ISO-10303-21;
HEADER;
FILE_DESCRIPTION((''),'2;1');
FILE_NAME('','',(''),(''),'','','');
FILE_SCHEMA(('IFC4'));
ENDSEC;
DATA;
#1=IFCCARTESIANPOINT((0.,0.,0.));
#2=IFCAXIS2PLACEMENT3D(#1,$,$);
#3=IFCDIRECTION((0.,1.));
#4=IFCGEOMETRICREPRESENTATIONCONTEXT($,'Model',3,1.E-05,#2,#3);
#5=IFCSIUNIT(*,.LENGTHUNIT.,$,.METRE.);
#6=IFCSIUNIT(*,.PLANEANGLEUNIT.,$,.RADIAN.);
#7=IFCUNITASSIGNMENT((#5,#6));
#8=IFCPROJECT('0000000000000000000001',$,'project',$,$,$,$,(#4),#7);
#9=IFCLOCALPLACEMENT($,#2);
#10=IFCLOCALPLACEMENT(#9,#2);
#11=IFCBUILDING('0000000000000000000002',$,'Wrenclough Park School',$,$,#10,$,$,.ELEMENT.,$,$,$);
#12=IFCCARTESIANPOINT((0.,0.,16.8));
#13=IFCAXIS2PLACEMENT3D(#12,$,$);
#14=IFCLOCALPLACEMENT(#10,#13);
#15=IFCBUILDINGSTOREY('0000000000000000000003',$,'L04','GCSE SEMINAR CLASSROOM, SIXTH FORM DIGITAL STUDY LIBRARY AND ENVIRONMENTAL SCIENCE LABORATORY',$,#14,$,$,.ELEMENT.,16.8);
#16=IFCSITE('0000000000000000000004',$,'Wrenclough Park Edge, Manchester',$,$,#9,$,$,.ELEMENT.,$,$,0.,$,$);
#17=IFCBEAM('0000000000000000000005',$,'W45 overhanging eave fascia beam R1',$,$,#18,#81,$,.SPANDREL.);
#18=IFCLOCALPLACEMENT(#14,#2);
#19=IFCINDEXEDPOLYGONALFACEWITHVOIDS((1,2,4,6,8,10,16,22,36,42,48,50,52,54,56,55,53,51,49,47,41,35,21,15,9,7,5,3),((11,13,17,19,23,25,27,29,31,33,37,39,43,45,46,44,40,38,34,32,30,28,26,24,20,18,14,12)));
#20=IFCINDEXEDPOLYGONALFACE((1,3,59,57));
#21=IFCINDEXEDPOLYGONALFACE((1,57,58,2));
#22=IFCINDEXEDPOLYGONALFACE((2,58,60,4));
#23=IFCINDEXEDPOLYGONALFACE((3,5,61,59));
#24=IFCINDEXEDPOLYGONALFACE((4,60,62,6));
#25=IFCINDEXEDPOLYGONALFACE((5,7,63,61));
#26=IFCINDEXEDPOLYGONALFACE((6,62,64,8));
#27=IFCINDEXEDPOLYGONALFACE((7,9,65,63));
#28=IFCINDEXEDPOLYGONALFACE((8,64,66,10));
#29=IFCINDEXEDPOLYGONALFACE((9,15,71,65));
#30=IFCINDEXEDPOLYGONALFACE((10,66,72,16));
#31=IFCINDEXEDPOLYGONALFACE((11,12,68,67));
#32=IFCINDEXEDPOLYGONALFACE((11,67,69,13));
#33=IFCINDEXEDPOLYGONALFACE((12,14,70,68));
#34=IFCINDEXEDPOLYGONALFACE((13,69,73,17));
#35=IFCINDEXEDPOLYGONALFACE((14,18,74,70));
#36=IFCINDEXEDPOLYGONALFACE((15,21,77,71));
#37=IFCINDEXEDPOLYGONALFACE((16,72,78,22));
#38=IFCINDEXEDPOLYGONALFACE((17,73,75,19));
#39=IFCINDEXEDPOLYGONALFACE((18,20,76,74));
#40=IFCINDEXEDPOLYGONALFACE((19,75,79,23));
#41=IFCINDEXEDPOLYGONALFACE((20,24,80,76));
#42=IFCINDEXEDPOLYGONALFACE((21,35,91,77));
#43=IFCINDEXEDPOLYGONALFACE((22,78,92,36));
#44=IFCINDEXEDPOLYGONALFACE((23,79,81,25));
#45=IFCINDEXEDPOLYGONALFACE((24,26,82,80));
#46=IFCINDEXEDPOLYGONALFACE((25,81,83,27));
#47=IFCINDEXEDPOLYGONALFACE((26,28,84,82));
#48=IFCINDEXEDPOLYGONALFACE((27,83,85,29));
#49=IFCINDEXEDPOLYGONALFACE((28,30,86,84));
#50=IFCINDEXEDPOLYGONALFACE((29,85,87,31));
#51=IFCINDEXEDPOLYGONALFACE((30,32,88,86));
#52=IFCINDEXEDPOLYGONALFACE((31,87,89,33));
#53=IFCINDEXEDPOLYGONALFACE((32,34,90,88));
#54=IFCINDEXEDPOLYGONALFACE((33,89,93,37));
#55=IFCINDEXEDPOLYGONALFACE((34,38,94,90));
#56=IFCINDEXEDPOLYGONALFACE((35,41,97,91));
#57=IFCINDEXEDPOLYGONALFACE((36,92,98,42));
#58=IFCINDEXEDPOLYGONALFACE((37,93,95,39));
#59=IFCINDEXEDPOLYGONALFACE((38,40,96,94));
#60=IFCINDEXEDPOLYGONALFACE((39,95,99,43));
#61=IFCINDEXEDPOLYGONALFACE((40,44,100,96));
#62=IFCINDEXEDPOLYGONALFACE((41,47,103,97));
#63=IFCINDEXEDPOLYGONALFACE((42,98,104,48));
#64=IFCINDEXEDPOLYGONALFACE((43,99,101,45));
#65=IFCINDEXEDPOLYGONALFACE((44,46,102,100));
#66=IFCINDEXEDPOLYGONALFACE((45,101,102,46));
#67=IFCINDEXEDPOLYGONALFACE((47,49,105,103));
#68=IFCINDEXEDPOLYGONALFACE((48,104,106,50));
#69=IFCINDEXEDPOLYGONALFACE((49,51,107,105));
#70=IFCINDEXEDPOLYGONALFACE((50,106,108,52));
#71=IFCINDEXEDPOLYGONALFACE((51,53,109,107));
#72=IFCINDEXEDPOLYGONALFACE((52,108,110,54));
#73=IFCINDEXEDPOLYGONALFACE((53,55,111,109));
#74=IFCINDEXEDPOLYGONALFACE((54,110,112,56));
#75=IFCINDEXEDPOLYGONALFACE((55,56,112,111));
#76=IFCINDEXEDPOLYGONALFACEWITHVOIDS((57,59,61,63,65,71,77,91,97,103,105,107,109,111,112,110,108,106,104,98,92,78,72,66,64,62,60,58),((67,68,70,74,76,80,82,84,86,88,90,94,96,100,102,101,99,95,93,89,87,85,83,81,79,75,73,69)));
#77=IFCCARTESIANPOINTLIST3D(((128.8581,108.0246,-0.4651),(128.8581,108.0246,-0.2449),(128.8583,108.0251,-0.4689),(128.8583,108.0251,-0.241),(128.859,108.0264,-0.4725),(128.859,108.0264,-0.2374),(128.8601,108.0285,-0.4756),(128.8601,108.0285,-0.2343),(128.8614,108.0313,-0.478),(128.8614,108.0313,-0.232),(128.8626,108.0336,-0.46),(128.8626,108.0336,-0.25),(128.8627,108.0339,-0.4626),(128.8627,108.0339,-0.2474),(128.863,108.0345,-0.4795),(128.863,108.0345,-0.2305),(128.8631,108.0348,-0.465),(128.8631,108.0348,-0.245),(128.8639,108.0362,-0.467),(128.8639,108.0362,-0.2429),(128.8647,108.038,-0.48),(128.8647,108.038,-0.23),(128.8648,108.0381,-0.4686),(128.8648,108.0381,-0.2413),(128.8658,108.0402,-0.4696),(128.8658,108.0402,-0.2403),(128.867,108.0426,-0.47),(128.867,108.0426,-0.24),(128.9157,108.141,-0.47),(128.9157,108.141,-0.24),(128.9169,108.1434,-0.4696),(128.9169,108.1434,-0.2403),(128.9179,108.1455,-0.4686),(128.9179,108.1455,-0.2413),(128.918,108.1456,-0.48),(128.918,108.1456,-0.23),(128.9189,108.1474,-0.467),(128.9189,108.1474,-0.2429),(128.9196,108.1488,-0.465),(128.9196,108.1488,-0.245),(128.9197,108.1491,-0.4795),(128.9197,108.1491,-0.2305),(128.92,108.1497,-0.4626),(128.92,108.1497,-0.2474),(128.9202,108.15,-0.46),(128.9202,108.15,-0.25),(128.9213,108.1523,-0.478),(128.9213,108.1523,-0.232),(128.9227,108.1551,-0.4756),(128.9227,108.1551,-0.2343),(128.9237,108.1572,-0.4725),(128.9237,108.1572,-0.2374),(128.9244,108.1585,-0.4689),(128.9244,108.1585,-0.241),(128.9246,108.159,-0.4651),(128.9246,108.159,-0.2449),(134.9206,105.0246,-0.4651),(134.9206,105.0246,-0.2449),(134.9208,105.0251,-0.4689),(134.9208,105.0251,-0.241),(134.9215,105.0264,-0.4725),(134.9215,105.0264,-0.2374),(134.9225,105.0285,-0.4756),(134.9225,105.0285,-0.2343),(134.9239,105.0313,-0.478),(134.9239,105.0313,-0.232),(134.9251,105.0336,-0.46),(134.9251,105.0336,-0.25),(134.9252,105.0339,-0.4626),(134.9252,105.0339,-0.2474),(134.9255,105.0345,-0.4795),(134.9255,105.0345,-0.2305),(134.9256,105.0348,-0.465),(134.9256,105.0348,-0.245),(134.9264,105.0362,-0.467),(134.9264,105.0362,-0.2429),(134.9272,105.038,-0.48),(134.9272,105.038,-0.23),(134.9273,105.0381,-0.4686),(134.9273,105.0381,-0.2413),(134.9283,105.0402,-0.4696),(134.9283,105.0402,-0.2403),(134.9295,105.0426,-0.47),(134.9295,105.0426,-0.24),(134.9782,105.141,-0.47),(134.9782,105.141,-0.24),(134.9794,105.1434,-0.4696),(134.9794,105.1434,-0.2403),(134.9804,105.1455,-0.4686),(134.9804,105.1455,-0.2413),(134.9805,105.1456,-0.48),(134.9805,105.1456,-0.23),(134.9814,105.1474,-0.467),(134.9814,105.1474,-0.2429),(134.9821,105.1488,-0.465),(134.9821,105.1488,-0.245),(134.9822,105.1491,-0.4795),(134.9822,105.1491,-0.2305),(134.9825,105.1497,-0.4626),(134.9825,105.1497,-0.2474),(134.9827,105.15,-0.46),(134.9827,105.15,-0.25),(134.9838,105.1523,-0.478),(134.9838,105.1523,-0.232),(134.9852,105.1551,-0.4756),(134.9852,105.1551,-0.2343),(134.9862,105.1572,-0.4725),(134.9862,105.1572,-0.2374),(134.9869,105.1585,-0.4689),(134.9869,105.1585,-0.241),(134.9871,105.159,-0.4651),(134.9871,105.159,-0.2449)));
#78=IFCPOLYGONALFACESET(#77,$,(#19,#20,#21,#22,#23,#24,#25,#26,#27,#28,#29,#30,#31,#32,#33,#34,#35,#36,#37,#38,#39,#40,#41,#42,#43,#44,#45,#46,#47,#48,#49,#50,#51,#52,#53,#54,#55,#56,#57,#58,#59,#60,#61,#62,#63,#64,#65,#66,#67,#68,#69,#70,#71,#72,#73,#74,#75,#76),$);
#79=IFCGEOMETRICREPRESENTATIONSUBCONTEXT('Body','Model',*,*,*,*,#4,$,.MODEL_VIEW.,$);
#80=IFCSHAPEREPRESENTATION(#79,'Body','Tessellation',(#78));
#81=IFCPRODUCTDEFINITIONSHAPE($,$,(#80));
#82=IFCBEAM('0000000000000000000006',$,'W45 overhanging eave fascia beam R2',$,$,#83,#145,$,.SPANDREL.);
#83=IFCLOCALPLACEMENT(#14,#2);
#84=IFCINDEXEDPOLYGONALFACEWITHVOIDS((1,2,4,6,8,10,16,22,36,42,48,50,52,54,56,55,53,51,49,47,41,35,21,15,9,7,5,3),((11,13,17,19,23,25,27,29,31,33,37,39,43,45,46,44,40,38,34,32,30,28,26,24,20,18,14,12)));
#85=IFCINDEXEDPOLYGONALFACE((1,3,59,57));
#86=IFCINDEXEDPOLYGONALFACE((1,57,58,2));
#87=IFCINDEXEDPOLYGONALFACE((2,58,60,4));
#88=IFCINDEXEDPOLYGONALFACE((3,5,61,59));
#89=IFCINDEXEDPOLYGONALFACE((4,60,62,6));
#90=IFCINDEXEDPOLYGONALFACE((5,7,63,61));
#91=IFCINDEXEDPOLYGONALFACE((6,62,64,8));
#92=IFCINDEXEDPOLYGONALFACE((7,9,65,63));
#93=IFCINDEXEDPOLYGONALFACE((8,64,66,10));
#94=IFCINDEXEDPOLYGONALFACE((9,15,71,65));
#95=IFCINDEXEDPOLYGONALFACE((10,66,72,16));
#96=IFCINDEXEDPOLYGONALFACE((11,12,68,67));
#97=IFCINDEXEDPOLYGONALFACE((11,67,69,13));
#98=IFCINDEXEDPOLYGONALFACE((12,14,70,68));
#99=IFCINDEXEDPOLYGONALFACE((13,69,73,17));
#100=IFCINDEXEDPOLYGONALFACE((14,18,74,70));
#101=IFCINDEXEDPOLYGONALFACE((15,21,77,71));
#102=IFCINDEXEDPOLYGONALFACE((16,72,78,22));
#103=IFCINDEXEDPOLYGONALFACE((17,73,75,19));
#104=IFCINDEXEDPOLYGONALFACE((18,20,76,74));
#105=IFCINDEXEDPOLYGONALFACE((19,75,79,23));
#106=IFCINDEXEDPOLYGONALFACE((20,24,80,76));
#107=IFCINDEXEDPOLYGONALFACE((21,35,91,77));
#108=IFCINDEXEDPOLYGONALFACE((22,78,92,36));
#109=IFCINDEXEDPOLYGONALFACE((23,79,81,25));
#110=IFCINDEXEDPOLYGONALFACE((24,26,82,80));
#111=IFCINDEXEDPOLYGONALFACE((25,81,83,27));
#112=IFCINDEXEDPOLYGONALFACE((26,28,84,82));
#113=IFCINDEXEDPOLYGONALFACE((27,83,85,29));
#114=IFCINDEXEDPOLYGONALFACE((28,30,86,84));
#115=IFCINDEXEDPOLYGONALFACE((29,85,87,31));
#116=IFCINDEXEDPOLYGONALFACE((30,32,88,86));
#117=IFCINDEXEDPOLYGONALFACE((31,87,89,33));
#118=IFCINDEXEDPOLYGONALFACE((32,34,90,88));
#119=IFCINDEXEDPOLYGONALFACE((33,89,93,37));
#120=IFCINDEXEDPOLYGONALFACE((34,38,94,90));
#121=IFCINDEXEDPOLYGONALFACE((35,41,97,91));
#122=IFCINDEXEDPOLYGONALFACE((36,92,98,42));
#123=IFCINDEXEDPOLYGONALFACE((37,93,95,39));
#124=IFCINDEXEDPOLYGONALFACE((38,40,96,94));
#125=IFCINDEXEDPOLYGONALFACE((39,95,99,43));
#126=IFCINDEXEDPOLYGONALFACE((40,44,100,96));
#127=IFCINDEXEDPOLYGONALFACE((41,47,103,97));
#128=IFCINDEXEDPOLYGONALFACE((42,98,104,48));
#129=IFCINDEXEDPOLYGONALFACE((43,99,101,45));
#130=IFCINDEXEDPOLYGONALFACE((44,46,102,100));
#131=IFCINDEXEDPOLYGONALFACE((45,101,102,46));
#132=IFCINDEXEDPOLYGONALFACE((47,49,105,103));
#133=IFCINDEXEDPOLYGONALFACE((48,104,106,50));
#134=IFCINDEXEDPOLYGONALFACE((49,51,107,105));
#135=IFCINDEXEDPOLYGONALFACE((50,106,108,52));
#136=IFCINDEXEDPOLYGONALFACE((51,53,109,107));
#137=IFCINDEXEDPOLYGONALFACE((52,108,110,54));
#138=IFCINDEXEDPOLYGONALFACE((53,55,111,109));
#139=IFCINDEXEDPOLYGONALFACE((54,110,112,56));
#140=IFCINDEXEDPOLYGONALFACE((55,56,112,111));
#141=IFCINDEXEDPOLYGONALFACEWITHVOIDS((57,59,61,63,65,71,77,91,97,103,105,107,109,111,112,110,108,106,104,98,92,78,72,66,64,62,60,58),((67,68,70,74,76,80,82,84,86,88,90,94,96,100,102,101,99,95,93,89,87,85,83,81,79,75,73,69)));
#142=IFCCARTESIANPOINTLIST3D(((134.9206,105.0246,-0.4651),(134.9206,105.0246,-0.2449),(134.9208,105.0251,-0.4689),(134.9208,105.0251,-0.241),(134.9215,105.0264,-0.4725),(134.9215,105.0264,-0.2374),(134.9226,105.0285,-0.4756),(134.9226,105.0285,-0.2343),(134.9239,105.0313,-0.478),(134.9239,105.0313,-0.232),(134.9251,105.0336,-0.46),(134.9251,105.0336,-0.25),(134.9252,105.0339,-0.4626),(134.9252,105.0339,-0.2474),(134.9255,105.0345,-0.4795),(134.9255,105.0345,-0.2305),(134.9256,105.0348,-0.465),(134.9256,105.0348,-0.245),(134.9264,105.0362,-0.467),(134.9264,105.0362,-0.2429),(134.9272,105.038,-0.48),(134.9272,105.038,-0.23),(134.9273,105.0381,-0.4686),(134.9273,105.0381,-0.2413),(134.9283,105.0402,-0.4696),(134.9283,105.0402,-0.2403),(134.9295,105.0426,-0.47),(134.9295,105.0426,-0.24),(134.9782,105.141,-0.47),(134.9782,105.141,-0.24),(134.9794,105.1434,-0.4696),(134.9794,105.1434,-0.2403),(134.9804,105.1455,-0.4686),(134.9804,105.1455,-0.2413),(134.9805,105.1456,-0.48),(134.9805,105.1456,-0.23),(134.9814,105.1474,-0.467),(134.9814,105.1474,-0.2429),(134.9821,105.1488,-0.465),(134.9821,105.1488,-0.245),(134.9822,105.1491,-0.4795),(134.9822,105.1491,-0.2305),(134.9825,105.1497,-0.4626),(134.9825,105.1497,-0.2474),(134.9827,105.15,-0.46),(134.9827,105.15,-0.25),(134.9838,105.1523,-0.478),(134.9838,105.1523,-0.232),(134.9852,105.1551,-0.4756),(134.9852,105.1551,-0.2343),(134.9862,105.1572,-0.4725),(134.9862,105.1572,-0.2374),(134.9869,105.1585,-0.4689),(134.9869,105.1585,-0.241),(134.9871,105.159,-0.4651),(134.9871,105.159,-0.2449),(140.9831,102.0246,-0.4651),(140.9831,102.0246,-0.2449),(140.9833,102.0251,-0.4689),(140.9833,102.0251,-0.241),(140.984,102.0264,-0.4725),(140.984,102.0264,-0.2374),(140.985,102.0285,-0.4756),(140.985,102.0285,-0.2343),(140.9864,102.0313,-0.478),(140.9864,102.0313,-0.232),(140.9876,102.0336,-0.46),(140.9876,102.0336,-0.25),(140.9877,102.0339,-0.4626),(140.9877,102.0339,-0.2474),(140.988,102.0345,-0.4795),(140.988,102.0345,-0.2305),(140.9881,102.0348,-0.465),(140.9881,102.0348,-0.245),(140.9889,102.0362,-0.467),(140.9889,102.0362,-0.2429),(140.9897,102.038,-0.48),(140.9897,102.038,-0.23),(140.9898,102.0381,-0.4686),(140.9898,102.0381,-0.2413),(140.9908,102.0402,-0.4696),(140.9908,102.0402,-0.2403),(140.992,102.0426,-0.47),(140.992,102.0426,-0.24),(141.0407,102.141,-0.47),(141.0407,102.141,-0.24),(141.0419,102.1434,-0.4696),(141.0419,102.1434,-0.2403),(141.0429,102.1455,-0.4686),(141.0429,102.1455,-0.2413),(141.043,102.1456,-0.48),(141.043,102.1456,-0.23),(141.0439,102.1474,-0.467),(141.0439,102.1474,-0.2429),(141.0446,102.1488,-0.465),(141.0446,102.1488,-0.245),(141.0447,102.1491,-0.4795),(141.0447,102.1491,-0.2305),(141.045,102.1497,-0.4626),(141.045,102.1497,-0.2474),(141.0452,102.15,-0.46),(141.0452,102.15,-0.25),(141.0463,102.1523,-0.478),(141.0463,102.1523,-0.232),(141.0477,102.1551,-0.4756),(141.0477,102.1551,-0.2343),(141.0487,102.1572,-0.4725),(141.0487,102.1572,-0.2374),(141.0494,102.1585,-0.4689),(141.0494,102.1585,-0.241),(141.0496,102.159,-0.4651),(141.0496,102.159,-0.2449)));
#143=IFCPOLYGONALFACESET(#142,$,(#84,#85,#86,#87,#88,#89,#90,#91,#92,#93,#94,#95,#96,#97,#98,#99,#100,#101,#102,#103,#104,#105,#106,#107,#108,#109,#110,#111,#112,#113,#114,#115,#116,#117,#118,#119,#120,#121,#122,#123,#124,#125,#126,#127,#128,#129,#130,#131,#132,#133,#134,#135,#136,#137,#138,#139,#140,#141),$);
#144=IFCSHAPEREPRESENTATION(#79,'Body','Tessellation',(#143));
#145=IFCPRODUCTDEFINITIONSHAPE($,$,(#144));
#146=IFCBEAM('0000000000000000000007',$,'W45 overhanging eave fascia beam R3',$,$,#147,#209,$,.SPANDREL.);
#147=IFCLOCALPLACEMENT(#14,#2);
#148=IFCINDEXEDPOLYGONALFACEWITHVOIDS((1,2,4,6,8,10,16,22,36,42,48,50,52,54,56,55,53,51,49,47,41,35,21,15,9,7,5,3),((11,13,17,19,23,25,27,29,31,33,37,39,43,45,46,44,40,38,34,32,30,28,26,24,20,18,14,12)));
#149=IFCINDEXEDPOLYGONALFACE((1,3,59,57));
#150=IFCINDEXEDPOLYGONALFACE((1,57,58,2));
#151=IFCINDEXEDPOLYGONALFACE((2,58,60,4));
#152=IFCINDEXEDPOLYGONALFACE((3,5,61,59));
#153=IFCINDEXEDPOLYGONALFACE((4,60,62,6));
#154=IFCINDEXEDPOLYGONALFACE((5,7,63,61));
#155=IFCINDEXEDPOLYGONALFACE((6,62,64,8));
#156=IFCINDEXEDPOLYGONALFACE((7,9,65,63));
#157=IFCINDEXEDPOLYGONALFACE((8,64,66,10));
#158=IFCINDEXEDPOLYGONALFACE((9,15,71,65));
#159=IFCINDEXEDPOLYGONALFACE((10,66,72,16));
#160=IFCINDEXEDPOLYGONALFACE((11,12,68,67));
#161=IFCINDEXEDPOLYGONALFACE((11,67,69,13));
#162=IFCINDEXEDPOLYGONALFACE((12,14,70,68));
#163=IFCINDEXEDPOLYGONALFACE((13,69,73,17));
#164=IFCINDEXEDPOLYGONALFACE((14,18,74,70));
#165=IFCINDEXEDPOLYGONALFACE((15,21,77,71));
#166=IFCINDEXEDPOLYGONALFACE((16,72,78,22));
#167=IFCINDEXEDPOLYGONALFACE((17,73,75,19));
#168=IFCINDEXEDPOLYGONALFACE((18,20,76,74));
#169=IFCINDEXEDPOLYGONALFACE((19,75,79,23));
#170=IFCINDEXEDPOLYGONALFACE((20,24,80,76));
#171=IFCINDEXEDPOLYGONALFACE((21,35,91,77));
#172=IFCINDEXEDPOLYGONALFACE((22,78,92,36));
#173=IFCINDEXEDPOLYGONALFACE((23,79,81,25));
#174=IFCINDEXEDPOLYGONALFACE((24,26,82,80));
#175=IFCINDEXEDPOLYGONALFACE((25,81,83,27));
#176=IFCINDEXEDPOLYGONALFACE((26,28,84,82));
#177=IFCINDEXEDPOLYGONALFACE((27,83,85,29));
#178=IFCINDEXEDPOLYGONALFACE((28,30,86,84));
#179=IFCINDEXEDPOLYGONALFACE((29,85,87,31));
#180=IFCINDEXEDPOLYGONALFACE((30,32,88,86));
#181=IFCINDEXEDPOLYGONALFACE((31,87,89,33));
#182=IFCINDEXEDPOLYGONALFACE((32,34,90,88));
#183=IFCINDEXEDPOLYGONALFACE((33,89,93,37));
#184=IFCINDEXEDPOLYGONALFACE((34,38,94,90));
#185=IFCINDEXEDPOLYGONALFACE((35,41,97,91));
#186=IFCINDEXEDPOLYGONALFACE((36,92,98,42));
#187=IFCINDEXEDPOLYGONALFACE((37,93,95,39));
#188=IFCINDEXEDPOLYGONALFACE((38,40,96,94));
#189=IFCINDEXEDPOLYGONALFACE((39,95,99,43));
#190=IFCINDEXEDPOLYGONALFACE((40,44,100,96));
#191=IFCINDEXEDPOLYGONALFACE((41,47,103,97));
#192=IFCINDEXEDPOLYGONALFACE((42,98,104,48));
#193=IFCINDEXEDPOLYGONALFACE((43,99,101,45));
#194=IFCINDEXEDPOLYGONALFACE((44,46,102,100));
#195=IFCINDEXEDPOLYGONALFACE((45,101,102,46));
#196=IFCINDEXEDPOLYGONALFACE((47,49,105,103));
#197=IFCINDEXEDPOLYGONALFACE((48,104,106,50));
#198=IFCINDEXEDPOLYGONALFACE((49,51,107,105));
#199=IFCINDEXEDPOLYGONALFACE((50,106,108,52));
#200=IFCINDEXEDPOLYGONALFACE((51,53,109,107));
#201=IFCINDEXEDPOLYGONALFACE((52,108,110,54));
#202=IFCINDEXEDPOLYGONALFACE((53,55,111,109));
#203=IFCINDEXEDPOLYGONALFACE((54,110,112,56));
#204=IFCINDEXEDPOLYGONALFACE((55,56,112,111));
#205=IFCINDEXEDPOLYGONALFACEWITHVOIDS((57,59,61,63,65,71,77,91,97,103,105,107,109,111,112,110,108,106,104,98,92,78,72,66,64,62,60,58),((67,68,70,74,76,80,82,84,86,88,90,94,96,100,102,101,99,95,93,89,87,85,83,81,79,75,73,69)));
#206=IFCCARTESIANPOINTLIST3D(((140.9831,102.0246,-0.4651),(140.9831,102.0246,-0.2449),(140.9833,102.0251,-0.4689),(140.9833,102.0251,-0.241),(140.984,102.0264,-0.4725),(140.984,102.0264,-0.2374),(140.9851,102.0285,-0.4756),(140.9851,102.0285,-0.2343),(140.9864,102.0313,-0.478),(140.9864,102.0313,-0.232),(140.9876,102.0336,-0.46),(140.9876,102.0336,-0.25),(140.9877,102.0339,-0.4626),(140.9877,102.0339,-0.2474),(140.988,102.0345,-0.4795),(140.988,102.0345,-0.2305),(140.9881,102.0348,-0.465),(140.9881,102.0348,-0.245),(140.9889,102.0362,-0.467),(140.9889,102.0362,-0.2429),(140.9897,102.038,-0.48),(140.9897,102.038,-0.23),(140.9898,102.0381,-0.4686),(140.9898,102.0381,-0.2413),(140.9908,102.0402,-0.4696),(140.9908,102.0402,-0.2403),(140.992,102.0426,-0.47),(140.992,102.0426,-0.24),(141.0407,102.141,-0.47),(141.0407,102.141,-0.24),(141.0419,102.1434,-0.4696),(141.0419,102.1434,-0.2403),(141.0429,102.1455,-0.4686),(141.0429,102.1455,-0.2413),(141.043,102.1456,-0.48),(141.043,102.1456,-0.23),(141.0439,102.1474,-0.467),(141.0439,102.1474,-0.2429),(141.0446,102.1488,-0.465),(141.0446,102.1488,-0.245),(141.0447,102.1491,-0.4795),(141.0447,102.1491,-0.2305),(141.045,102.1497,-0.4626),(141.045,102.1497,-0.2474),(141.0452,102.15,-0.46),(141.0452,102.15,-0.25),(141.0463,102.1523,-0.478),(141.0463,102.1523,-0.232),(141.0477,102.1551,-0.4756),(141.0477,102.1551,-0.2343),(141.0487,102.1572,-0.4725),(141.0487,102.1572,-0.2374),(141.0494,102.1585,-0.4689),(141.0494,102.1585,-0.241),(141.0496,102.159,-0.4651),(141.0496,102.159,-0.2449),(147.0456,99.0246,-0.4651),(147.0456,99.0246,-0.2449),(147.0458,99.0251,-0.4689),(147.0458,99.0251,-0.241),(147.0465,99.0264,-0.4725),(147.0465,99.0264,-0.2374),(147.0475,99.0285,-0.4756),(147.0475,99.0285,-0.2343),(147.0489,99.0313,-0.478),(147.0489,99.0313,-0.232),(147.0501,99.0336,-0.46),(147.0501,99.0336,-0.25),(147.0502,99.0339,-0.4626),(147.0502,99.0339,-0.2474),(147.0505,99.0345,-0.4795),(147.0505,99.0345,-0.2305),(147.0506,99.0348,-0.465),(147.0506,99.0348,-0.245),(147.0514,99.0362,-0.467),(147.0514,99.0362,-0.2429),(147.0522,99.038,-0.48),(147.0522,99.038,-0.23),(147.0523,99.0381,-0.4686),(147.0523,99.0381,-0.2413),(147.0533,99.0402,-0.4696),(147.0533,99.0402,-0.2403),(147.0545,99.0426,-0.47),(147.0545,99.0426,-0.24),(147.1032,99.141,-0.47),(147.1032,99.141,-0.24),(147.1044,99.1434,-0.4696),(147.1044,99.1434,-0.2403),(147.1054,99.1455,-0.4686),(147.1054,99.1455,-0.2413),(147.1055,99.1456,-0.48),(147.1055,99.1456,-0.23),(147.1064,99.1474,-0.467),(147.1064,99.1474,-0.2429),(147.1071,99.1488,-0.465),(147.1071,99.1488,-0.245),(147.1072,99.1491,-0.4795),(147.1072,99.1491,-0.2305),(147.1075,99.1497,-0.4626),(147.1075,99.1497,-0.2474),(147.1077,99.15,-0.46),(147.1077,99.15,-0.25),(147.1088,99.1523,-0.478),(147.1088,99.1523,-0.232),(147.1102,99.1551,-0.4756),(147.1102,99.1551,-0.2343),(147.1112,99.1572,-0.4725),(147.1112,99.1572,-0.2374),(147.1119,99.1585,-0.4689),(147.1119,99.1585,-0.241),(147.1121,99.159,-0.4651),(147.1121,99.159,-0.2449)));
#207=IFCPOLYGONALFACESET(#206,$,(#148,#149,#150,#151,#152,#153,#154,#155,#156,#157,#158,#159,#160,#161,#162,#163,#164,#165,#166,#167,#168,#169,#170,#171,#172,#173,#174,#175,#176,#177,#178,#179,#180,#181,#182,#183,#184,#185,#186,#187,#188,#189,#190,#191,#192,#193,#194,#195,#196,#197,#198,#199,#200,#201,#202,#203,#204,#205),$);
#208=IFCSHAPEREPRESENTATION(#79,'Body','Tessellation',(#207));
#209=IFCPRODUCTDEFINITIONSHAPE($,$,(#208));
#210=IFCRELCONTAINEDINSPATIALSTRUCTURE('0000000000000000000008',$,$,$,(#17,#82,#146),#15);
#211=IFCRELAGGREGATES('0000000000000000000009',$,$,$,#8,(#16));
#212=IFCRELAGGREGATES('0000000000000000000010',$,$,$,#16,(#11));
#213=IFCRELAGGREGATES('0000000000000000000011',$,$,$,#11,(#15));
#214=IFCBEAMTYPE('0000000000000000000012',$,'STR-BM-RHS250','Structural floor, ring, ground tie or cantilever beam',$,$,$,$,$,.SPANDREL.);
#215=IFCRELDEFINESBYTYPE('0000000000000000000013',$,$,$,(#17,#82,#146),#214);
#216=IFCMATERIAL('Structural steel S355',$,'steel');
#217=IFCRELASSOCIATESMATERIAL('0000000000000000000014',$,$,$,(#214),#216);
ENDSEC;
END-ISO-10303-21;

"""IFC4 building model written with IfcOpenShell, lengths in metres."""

from ifc_helpers import new_model, si_unit, direction, frame, origin, origin_2d, place, context, subcontext, project, spatial, hollow_rectangle, extrude, material, material_profile, profile_set, type_object, element, save


model = new_model("IFC4")

# Units and contexts
model_context = context("Model", 3, precision=1e-05, world=origin(), true_north=direction((0.0, 1.0)))
body_context = subcontext(model_context, "Body", "Model", "MODEL_VIEW")
ifc_project = project(units=[si_unit("LENGTHUNIT", "METRE"), si_unit("PLANEANGLEUNIT", "RADIAN")], contexts=[model_context])

# Site, building, storey
site_placement = place(None, origin())
site = spatial("IfcSite", under=ifc_project, at=site_placement, Name="Wrenclough Park Edge, Manchester", CompositionType="ELEMENT", RefElevation=0.0)
building_placement = place(site_placement, origin())
building = spatial("IfcBuilding", under=site, at=building_placement, Name="Wrenclough Park School", CompositionType="ELEMENT")
storey_placement = place(building_placement, frame((0.0, 0.0, 16.8)))
storey = spatial("IfcBuildingStorey", under=building, at=storey_placement, Name="L04", Description="GCSE SEMINAR CLASSROOM, SIXTH FORM DIGITAL STUDY LIBRARY AND ENVIRONMENTAL SCIENCE LABORATORY", CompositionType="ELEMENT", Elevation=16.8)

# Beams
ifc_material_1 = material(Name="Structural steel S355", Category="steel")
ifc_material_profile_1 = material_profile(ifc_material_1, hollow_rectangle(XDim=0.1499, YDim=0.25, WallThickness=0.01, InnerFilletRadius=0.01, OuterFilletRadius=0.0149, at=origin_2d()), Name="RHS 250x150x10.0")
ifc_profile_set_1 = profile_set([ifc_material_profile_1], Name="Structural steel S355")
beam_type_1 = type_object("IfcBeamType", Name="STR-BM-RHS250", Description="Structural floor, ring, ground tie or cantilever beam", PredefinedType="SPANDREL", material=ifc_profile_set_1)
for number, where, z_axis, x_axis, name in (
    (1, (128.8914, 108.0918, -0.355), (0.896268, -0.443514, 0.0), (0.443514, 0.896268, 0.0), "W45 overhanging eave fascia beam R1"),
    (2, (134.9539, 105.0918, -0.355), (0.896268, -0.443514, 0.0), (0.443514, 0.896268, 0.0), "W45 overhanging eave fascia beam R2"),
    (3, (141.0164, 102.0918, -0.355), (0.896268, -0.443514, 0.0), (0.443514, 0.896268, 0.0), "W45 overhanging eave fascia beam R3"),
):
    element("IfcBeam", number, at=place(storey_placement, frame(where, z_axis=z_axis, x_axis=x_axis)), inside=storey, type_object=beam_type_1, Name=name, PredefinedType="SPANDREL", context=body_context, shape_type="SweptSolid", body=[
        extrude(hollow_rectangle(XDim=0.1499, YDim=0.25, WallThickness=0.01, InnerFilletRadius=0.01, OuterFilletRadius=0.0149, at=origin_2d()), origin(), (0.0, 0.0, 1.0), 6.7642),
    ])

save(model, "model.ifc")
